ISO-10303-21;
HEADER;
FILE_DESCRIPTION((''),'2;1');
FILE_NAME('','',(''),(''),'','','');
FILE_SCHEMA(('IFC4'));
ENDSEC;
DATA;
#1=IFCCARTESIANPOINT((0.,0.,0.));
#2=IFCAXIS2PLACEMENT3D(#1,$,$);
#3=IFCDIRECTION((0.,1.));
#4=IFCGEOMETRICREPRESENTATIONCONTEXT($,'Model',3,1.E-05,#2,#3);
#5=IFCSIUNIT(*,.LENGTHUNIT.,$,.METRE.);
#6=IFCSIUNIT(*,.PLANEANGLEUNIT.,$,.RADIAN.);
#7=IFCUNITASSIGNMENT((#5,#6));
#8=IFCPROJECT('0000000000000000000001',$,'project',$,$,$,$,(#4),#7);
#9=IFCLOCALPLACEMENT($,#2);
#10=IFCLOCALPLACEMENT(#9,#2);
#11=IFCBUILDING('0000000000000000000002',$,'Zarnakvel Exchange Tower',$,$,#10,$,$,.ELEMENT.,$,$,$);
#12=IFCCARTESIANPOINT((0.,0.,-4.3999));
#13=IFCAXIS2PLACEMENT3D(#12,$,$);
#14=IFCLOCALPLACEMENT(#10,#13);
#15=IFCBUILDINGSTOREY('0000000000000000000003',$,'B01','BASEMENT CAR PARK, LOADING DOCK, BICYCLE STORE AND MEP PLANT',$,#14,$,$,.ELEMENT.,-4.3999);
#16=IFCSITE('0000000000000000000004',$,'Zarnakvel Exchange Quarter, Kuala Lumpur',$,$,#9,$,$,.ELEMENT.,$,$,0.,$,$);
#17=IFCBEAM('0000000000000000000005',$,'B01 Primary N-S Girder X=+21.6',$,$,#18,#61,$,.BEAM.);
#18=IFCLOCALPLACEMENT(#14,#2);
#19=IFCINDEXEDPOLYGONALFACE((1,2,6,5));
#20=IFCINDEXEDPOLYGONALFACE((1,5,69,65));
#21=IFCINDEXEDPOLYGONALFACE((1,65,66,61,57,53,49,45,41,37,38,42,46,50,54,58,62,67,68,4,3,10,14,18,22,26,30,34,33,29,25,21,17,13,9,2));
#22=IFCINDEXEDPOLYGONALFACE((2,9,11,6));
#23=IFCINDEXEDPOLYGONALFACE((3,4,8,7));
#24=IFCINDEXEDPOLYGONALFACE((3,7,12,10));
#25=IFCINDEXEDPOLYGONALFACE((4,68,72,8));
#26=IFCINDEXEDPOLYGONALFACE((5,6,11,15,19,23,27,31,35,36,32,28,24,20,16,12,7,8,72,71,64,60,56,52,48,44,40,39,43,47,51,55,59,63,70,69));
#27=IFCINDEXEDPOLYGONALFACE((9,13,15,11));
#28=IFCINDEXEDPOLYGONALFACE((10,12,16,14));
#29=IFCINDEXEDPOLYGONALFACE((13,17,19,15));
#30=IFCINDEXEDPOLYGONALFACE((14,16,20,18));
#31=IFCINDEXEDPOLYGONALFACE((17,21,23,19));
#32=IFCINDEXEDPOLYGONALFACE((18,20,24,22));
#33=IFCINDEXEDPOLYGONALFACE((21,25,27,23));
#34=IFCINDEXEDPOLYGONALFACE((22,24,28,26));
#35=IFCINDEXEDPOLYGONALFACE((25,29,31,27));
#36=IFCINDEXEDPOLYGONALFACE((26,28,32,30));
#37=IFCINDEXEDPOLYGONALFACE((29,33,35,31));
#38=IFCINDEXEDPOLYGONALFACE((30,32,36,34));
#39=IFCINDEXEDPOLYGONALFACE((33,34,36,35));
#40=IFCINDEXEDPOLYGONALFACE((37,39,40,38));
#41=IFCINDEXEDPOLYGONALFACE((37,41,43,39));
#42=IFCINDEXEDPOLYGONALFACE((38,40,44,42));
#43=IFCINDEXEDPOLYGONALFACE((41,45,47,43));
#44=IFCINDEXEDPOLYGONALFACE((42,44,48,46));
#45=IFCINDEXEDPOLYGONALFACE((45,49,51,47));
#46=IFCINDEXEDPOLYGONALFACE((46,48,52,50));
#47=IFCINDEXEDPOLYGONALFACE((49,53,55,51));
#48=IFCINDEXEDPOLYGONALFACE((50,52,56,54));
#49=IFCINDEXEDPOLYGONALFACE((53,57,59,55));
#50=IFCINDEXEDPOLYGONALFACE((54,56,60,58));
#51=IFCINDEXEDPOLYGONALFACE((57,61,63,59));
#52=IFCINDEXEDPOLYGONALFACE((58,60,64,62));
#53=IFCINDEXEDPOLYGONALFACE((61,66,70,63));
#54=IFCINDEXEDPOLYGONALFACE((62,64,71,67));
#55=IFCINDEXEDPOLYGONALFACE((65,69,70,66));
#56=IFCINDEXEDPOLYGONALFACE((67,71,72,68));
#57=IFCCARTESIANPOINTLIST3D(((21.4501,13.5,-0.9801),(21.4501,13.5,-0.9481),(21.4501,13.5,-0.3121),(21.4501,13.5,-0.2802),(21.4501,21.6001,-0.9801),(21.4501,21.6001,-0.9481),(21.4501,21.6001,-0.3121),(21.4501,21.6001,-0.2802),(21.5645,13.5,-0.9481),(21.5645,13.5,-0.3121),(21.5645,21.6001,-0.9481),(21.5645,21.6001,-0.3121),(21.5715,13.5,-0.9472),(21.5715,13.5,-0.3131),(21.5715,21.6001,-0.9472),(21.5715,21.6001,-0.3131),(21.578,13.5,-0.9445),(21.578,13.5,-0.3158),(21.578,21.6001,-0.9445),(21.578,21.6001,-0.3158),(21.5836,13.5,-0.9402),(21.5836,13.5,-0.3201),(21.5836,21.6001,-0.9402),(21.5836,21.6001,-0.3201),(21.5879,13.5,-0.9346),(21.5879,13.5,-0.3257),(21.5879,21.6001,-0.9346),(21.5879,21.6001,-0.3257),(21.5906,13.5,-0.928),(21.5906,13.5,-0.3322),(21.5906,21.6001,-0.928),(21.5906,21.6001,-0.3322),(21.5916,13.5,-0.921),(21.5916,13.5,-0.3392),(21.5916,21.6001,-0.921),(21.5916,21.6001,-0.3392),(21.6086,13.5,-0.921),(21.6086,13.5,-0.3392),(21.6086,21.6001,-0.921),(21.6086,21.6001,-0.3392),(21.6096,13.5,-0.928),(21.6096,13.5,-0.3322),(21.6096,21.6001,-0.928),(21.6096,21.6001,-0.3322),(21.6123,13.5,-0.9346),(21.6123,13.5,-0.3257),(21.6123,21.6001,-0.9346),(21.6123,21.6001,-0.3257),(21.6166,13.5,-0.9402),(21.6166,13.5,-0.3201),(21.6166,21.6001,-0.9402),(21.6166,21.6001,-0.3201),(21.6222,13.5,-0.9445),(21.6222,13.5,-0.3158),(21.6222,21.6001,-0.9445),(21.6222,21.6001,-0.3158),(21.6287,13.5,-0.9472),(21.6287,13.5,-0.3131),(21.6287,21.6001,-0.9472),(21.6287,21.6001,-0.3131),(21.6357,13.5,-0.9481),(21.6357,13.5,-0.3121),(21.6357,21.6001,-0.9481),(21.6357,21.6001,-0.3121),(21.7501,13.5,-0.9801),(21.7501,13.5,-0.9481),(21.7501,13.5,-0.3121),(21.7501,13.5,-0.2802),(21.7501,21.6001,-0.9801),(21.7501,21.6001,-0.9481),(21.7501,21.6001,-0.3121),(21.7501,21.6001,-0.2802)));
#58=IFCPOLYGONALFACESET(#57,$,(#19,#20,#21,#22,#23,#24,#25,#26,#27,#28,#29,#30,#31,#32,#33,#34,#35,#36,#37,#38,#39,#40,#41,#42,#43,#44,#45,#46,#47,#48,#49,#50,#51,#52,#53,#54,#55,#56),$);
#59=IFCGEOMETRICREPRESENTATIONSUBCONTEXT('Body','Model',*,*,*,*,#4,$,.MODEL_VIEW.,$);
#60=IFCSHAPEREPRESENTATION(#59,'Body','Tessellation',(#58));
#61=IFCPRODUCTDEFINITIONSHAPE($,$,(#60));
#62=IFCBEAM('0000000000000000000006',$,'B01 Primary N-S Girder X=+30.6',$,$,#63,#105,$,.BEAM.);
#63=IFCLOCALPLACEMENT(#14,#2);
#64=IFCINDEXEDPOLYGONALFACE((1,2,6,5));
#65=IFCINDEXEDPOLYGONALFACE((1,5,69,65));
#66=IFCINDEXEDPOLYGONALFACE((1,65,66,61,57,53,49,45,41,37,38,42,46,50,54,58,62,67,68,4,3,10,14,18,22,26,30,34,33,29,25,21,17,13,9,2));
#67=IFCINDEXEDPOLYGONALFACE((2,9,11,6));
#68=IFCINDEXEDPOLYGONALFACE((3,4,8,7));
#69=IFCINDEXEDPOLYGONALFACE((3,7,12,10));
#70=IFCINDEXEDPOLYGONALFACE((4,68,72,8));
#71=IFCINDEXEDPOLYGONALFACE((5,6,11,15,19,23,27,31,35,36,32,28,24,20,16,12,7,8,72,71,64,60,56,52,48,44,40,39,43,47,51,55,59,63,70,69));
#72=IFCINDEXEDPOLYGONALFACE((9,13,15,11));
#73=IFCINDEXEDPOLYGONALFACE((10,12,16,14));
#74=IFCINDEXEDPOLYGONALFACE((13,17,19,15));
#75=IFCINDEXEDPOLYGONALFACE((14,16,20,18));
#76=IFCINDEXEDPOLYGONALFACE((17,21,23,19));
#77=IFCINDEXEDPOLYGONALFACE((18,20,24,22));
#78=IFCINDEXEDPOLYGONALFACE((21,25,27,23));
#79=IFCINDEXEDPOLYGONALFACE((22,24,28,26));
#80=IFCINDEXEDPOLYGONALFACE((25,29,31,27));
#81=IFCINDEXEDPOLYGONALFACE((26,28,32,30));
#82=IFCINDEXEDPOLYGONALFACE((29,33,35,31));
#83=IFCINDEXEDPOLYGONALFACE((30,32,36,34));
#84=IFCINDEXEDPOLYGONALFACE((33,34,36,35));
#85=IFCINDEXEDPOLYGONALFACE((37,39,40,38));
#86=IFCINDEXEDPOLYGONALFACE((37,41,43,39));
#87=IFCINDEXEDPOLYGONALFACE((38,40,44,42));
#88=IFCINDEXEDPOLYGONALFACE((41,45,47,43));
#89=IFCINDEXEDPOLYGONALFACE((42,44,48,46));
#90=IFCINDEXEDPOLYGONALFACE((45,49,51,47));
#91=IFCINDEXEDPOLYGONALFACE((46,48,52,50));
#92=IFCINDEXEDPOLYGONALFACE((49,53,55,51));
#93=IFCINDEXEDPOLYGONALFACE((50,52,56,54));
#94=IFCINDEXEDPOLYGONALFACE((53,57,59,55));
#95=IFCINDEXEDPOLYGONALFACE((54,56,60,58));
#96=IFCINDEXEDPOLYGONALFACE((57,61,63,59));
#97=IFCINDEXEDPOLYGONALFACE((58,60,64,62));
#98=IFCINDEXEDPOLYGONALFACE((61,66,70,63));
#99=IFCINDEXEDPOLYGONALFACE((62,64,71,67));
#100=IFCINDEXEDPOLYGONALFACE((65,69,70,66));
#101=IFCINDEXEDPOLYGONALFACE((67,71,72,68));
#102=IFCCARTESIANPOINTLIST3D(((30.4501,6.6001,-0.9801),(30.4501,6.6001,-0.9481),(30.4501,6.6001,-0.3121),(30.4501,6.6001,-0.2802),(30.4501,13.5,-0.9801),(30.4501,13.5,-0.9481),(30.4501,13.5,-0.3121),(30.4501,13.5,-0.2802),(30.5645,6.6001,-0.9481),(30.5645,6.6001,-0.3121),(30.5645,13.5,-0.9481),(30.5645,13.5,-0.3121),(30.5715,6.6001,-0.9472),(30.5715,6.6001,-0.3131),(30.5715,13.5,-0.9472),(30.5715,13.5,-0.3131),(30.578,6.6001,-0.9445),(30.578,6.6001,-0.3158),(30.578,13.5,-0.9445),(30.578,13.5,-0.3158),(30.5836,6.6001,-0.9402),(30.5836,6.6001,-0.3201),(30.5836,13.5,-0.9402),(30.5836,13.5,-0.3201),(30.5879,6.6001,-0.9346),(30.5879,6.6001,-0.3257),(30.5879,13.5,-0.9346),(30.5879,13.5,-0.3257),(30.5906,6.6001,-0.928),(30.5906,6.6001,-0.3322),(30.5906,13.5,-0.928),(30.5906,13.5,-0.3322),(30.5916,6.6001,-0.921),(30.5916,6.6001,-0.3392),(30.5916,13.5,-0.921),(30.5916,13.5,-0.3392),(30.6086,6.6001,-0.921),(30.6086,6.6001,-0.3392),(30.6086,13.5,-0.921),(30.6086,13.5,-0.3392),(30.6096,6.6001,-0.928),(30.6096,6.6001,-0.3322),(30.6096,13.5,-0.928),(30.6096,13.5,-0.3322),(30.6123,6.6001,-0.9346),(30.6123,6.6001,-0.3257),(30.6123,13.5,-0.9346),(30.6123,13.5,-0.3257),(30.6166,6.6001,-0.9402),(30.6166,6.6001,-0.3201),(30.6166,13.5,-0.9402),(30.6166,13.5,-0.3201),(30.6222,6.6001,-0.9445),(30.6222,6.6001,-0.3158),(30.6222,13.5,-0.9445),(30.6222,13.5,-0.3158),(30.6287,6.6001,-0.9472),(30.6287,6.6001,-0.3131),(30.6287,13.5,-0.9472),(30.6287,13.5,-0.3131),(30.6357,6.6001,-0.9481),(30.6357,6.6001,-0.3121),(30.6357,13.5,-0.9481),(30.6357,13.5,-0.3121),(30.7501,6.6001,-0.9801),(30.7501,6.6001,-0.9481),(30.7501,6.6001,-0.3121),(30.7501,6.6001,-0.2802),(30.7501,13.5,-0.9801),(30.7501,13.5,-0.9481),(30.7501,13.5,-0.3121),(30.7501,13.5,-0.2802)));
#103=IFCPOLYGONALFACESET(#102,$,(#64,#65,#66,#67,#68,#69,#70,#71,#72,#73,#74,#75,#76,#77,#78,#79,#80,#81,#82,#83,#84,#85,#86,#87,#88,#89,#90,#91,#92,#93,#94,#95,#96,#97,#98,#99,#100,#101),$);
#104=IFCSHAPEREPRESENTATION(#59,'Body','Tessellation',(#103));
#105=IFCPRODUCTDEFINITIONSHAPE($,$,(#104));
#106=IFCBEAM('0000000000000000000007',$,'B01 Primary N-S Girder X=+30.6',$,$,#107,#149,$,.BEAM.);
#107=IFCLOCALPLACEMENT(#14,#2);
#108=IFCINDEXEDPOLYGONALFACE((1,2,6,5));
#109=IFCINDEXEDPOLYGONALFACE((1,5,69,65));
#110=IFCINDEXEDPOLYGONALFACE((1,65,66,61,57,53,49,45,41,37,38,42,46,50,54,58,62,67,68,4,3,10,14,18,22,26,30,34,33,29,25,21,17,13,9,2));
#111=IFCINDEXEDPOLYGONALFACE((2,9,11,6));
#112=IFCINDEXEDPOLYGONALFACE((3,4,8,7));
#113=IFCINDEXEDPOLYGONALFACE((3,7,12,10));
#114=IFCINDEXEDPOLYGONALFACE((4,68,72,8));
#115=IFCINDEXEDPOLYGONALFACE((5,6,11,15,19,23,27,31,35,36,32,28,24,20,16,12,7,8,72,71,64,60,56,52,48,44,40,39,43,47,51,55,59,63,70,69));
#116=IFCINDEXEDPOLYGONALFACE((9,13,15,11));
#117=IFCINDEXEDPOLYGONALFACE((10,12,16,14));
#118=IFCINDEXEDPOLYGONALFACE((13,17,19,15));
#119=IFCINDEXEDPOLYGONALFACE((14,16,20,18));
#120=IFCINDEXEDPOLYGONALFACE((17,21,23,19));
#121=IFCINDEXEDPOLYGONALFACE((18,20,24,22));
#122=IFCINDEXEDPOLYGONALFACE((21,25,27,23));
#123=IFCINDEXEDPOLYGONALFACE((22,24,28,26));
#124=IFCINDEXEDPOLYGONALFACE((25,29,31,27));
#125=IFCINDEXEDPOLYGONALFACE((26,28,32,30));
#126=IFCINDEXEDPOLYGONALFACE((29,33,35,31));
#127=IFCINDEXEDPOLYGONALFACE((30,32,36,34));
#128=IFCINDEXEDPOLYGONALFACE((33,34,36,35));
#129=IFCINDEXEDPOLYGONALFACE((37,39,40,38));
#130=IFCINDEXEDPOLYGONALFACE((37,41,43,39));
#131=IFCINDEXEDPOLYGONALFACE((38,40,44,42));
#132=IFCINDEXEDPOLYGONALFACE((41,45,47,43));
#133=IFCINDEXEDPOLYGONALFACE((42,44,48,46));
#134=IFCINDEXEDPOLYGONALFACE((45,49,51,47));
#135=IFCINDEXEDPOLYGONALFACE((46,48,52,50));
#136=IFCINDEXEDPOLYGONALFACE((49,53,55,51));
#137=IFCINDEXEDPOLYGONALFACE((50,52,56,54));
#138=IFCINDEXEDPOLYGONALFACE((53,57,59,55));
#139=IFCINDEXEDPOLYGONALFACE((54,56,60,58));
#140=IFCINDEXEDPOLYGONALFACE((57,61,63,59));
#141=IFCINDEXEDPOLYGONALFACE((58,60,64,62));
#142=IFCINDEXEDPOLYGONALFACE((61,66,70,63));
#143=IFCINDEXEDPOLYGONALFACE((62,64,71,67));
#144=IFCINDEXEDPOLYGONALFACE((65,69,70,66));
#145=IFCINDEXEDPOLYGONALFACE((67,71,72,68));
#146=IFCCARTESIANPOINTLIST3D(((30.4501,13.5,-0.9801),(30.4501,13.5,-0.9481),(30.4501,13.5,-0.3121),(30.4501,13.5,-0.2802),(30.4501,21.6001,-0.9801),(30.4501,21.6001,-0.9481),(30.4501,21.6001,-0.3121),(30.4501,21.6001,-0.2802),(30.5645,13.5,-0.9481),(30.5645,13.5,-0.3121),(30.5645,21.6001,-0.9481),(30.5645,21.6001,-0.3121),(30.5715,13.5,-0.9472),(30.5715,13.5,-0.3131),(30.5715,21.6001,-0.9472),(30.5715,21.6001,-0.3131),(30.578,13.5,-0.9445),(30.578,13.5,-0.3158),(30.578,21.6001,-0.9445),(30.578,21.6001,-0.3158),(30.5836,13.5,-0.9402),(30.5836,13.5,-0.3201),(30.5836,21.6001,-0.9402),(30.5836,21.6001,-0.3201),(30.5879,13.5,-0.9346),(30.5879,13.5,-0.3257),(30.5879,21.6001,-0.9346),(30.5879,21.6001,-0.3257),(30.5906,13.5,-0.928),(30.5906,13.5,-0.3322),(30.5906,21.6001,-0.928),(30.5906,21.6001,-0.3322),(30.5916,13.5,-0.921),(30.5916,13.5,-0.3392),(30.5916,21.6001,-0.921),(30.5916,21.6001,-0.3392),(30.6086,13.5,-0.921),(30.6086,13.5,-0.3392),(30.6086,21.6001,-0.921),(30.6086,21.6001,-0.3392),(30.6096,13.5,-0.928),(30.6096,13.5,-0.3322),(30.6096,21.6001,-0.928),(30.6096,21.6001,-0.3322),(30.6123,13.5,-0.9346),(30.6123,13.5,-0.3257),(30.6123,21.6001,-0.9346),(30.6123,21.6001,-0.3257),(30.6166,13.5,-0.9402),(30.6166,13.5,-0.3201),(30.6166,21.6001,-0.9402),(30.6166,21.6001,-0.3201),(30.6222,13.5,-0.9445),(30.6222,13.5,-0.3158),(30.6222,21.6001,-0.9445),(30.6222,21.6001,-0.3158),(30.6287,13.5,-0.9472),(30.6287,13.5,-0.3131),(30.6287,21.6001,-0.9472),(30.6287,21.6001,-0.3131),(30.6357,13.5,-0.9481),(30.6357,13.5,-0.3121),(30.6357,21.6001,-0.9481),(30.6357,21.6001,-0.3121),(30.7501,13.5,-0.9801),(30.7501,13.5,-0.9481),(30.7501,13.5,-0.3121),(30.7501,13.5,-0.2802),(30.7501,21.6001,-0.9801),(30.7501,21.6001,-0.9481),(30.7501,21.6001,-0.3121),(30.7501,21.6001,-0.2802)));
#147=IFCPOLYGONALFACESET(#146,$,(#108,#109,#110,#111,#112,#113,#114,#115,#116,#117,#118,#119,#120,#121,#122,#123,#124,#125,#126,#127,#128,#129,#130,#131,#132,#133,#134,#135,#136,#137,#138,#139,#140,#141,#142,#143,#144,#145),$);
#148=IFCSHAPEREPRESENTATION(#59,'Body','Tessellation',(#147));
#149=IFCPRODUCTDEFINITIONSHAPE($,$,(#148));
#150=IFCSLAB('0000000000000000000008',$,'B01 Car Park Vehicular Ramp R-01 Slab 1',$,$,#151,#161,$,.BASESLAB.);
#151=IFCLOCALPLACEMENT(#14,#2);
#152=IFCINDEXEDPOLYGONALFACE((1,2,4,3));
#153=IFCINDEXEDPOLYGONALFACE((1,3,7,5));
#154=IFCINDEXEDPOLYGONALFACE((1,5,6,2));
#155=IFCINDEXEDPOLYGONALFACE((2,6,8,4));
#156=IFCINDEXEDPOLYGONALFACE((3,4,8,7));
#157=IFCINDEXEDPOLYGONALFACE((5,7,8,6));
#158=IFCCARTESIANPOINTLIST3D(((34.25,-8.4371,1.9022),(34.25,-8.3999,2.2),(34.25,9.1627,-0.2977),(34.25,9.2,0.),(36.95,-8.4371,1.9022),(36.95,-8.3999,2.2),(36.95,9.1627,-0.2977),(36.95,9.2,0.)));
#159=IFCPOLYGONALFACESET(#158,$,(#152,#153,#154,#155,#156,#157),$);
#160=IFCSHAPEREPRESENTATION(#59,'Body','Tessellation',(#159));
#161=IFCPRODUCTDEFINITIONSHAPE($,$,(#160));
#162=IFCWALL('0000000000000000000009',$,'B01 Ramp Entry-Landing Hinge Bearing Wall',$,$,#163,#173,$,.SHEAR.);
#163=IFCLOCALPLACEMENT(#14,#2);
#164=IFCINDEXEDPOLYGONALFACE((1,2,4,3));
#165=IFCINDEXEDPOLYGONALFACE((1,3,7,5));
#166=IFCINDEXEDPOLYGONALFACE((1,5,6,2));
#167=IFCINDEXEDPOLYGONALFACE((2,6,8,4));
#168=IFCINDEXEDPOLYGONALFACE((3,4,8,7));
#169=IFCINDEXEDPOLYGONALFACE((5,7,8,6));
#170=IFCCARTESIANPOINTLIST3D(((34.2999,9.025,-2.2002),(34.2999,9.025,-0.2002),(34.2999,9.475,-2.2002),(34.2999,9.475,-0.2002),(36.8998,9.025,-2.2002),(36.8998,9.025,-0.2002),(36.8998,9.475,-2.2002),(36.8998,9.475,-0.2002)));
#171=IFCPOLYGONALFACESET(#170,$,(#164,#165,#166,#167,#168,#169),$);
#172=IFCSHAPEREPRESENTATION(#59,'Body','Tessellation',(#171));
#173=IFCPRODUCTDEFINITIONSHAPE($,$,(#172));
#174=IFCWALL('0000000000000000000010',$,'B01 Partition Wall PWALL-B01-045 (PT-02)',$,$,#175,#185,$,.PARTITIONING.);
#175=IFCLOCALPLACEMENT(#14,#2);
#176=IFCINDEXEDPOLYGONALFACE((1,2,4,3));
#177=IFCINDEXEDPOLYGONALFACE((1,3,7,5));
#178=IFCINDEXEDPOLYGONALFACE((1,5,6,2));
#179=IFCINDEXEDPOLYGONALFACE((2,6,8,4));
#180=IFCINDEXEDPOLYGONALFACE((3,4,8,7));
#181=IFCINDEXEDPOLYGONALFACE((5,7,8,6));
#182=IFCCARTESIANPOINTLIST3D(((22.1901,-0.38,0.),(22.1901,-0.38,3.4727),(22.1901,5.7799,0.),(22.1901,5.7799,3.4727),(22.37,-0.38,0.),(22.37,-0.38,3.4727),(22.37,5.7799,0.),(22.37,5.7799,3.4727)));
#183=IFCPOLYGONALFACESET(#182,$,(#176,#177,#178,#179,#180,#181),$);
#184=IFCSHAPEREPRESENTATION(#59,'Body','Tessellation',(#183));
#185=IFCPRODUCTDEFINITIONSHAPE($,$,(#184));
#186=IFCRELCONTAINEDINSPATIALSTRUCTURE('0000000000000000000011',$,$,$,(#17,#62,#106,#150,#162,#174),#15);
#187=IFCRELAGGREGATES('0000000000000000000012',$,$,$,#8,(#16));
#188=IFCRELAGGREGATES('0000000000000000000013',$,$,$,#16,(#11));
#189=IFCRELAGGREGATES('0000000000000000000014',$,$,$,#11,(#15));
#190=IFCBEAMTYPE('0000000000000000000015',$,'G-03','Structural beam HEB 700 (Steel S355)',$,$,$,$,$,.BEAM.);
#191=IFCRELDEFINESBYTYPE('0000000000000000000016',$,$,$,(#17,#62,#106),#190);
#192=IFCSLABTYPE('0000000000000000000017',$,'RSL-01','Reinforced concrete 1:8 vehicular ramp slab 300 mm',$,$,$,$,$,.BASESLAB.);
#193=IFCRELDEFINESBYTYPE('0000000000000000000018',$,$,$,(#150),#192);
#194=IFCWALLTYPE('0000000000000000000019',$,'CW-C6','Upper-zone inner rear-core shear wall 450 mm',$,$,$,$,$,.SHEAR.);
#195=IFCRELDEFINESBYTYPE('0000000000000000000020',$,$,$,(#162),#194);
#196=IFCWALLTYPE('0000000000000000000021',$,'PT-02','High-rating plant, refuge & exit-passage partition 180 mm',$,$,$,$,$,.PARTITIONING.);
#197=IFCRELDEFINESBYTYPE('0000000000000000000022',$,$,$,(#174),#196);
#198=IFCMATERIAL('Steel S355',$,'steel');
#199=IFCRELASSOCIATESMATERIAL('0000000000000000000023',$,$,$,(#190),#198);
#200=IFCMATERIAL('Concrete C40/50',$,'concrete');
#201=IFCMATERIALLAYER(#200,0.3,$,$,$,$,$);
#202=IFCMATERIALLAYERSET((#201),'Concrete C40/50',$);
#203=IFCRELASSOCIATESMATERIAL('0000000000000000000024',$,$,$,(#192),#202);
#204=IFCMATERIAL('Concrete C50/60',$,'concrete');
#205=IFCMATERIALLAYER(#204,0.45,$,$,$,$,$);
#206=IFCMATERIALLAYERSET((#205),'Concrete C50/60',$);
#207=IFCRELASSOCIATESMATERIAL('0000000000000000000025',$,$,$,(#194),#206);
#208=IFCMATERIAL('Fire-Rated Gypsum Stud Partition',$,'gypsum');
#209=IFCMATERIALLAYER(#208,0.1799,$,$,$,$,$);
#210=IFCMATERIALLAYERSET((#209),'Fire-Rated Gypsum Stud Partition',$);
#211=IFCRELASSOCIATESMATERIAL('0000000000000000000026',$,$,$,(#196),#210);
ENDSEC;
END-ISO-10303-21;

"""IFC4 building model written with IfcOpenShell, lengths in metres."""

from ifc_helpers import new_model, si_unit, direction, frame, frame_2d, origin, origin_2d, place, context, subcontext, project, spatial, polyline, rectangle, i_section, outline, extrude, material, layer, layer_set, material_profile, profile_set, type_object, element, save


model = new_model("IFC4")

# Units and contexts
model_context = context("Model", 3, precision=1e-05, world=origin(), true_north=direction((0.0, 1.0)))
body_context = subcontext(model_context, "Body", "Model", "MODEL_VIEW")
ifc_project = project(units=[si_unit("LENGTHUNIT", "METRE"), si_unit("PLANEANGLEUNIT", "RADIAN")], contexts=[model_context])

# Site, building, storey
site_placement = place(None, origin())
site = spatial("IfcSite", under=ifc_project, at=site_placement, Name="Zarnakvel Exchange Quarter, Kuala Lumpur", CompositionType="ELEMENT", RefElevation=0.0)
building_placement = place(site_placement, origin())
building = spatial("IfcBuilding", under=site, at=building_placement, Name="Zarnakvel Exchange Tower", CompositionType="ELEMENT")
storey_placement = place(building_placement, frame((0.0, 0.0, -4.3999)))
storey = spatial("IfcBuildingStorey", under=building, at=storey_placement, Name="B01", Description="BASEMENT CAR PARK, LOADING DOCK, BICYCLE STORE AND MEP PLANT", CompositionType="ELEMENT", Elevation=-4.3999)

# Shared definitions
ifc_material_1 = material(Name="Concrete C50/60", Category="concrete")

# Beams
ifc_material_2 = material(Name="Steel S355", Category="steel")
ifc_material_profile_1 = material_profile(ifc_material_2, i_section(OverallWidth=0.3, OverallDepth=0.7, WebThickness=0.0171, FlangeThickness=0.032, FilletRadius=0.0271, at=origin_2d()))
ifc_profile_set_1 = profile_set([ifc_material_profile_1], Name="Steel S355")
beam_type_1 = type_object("IfcBeamType", Name="G-03", Description="Structural beam HEB 700 (Steel S355)", PredefinedType="BEAM", material=ifc_profile_set_1)
beam_1_placement = place(storey_placement, frame((21.6001, 13.5, -0.6301), z_axis=(0.0, 1.0, 0.0), x_axis=(-1.0, 0.0, 0.0)))
element("IfcBeam", 1, at=beam_1_placement, inside=storey, type_object=beam_type_1, Name="B01 Primary N-S Girder X=+21.6", PredefinedType="BEAM", context=body_context, shape_type="SweptSolid", body=[
    extrude(i_section(OverallWidth=0.3, OverallDepth=0.7, WebThickness=0.0171, FlangeThickness=0.032, FilletRadius=0.0271, at=origin_2d()), origin(), (0.0, 0.0, 1.0), 8.1001),
])
beam_2_placement = place(storey_placement, frame((30.6001, 6.6001, -0.6301), z_axis=(0.0, 1.0, 0.0), x_axis=(-1.0, 0.0, 0.0)))
element("IfcBeam", 2, at=beam_2_placement, inside=storey, type_object=beam_type_1, Name="B01 Primary N-S Girder X=+30.6", PredefinedType="BEAM", context=body_context, shape_type="SweptSolid", body=[
    extrude(i_section(OverallWidth=0.3, OverallDepth=0.7, WebThickness=0.0171, FlangeThickness=0.032, FilletRadius=0.0271, at=origin_2d()), origin(), (0.0, 0.0, 1.0), 6.8999),
])
beam_3_placement = place(storey_placement, frame((30.6001, 13.5, -0.6301), z_axis=(0.0, 1.0, 0.0), x_axis=(-1.0, 0.0, 0.0)))
element("IfcBeam", 3, at=beam_3_placement, inside=storey, type_object=beam_type_1, Name="B01 Primary N-S Girder X=+30.6", PredefinedType="BEAM", context=body_context, shape_type="SweptSolid", body=[
    extrude(i_section(OverallWidth=0.3, OverallDepth=0.7, WebThickness=0.0171, FlangeThickness=0.032, FilletRadius=0.0271, at=origin_2d()), origin(), (0.0, 0.0, 1.0), 8.1001),
])

# Slab
ifc_material_3 = material(Name="Concrete C40/50", Category="concrete")
ifc_layer_1 = layer(ifc_material_3, 0.3)
ifc_layer_set_1 = layer_set([ifc_layer_1], Name="Concrete C40/50")
slab_type = type_object("IfcSlabType", Name="RSL-01", Description="Reinforced concrete 1:8 vehicular ramp slab 300 mm", PredefinedType="BASESLAB", material=ifc_layer_set_1)
slab_placement = place(storey_placement, frame((34.25, 9.2, 0.0), z_axis=(0.0, 0.124033, 0.992278), x_axis=(1.0, 0.0, 0.0)))
element("IfcSlab", 4, at=slab_placement, inside=storey, type_object=slab_type, Name="B01 Car Park Vehicular Ramp R-01 Slab 1", PredefinedType="BASESLAB", context=body_context, shape_type="SweptSolid", body=[
    extrude(outline(polyline([(0.0, 0.0), (2.7, 0.0), (2.7, -17.7368), (0.0, -17.7368), (0.0, 0.0)])), origin(), (0.0, 0.0, -1.0), 0.3),
])

# Walls
ifc_layer_2 = layer(ifc_material_1, 0.45)
ifc_layer_set_2 = layer_set([ifc_layer_2], Name="Concrete C50/60")
wall_type_1 = type_object("IfcWallType", Name="CW-C6", Description="Upper-zone inner rear-core shear wall 450 mm", PredefinedType="SHEAR", material=ifc_layer_set_2)
wall_1_placement = place(storey_placement, frame((34.3, 9.25, -2.2002), z_axis=(0.0, 0.0, 1.0), x_axis=(1.0, 0.0, 0.0)))
element("IfcWall", 5, at=wall_1_placement, inside=storey, type_object=wall_type_1, Name="B01 Ramp Entry-Landing Hinge Bearing Wall", PredefinedType="SHEAR", context=body_context, shape_type="SweptSolid", body=[
    extrude(rectangle(XDim=2.5999, YDim=0.45, at=frame_2d((1.2998, 0.0))), origin(), (0.0, 0.0, 1.0), 2.0),
])
ifc_material_4 = material(Name="Fire-Rated Gypsum Stud Partition", Category="gypsum")
ifc_layer_3 = layer(ifc_material_4, 0.1799)
ifc_layer_set_3 = layer_set([ifc_layer_3], Name="Fire-Rated Gypsum Stud Partition")
wall_type_2 = type_object("IfcWallType", Name="PT-02", Description="High-rating plant, refuge & exit-passage partition 180 mm", PredefinedType="PARTITIONING", material=ifc_layer_set_3)
wall_2_placement = place(storey_placement, frame((22.28, 5.78, 0.0), z_axis=(0.0, 0.0, 1.0), x_axis=(0.0, -1.0, 0.0)))
element("IfcWall", 6, at=wall_2_placement, inside=storey, type_object=wall_type_2, Name="B01 Partition Wall PWALL-B01-045 (PT-02)", PredefinedType="PARTITIONING", context=body_context, shape_type="SweptSolid", body=[
    extrude(rectangle(XDim=6.1599, YDim=0.1799, at=frame_2d((3.0801, 0.0))), origin(), (0.0, 0.0, 1.0), 3.4727),
])

save(model, "model.ifc")
